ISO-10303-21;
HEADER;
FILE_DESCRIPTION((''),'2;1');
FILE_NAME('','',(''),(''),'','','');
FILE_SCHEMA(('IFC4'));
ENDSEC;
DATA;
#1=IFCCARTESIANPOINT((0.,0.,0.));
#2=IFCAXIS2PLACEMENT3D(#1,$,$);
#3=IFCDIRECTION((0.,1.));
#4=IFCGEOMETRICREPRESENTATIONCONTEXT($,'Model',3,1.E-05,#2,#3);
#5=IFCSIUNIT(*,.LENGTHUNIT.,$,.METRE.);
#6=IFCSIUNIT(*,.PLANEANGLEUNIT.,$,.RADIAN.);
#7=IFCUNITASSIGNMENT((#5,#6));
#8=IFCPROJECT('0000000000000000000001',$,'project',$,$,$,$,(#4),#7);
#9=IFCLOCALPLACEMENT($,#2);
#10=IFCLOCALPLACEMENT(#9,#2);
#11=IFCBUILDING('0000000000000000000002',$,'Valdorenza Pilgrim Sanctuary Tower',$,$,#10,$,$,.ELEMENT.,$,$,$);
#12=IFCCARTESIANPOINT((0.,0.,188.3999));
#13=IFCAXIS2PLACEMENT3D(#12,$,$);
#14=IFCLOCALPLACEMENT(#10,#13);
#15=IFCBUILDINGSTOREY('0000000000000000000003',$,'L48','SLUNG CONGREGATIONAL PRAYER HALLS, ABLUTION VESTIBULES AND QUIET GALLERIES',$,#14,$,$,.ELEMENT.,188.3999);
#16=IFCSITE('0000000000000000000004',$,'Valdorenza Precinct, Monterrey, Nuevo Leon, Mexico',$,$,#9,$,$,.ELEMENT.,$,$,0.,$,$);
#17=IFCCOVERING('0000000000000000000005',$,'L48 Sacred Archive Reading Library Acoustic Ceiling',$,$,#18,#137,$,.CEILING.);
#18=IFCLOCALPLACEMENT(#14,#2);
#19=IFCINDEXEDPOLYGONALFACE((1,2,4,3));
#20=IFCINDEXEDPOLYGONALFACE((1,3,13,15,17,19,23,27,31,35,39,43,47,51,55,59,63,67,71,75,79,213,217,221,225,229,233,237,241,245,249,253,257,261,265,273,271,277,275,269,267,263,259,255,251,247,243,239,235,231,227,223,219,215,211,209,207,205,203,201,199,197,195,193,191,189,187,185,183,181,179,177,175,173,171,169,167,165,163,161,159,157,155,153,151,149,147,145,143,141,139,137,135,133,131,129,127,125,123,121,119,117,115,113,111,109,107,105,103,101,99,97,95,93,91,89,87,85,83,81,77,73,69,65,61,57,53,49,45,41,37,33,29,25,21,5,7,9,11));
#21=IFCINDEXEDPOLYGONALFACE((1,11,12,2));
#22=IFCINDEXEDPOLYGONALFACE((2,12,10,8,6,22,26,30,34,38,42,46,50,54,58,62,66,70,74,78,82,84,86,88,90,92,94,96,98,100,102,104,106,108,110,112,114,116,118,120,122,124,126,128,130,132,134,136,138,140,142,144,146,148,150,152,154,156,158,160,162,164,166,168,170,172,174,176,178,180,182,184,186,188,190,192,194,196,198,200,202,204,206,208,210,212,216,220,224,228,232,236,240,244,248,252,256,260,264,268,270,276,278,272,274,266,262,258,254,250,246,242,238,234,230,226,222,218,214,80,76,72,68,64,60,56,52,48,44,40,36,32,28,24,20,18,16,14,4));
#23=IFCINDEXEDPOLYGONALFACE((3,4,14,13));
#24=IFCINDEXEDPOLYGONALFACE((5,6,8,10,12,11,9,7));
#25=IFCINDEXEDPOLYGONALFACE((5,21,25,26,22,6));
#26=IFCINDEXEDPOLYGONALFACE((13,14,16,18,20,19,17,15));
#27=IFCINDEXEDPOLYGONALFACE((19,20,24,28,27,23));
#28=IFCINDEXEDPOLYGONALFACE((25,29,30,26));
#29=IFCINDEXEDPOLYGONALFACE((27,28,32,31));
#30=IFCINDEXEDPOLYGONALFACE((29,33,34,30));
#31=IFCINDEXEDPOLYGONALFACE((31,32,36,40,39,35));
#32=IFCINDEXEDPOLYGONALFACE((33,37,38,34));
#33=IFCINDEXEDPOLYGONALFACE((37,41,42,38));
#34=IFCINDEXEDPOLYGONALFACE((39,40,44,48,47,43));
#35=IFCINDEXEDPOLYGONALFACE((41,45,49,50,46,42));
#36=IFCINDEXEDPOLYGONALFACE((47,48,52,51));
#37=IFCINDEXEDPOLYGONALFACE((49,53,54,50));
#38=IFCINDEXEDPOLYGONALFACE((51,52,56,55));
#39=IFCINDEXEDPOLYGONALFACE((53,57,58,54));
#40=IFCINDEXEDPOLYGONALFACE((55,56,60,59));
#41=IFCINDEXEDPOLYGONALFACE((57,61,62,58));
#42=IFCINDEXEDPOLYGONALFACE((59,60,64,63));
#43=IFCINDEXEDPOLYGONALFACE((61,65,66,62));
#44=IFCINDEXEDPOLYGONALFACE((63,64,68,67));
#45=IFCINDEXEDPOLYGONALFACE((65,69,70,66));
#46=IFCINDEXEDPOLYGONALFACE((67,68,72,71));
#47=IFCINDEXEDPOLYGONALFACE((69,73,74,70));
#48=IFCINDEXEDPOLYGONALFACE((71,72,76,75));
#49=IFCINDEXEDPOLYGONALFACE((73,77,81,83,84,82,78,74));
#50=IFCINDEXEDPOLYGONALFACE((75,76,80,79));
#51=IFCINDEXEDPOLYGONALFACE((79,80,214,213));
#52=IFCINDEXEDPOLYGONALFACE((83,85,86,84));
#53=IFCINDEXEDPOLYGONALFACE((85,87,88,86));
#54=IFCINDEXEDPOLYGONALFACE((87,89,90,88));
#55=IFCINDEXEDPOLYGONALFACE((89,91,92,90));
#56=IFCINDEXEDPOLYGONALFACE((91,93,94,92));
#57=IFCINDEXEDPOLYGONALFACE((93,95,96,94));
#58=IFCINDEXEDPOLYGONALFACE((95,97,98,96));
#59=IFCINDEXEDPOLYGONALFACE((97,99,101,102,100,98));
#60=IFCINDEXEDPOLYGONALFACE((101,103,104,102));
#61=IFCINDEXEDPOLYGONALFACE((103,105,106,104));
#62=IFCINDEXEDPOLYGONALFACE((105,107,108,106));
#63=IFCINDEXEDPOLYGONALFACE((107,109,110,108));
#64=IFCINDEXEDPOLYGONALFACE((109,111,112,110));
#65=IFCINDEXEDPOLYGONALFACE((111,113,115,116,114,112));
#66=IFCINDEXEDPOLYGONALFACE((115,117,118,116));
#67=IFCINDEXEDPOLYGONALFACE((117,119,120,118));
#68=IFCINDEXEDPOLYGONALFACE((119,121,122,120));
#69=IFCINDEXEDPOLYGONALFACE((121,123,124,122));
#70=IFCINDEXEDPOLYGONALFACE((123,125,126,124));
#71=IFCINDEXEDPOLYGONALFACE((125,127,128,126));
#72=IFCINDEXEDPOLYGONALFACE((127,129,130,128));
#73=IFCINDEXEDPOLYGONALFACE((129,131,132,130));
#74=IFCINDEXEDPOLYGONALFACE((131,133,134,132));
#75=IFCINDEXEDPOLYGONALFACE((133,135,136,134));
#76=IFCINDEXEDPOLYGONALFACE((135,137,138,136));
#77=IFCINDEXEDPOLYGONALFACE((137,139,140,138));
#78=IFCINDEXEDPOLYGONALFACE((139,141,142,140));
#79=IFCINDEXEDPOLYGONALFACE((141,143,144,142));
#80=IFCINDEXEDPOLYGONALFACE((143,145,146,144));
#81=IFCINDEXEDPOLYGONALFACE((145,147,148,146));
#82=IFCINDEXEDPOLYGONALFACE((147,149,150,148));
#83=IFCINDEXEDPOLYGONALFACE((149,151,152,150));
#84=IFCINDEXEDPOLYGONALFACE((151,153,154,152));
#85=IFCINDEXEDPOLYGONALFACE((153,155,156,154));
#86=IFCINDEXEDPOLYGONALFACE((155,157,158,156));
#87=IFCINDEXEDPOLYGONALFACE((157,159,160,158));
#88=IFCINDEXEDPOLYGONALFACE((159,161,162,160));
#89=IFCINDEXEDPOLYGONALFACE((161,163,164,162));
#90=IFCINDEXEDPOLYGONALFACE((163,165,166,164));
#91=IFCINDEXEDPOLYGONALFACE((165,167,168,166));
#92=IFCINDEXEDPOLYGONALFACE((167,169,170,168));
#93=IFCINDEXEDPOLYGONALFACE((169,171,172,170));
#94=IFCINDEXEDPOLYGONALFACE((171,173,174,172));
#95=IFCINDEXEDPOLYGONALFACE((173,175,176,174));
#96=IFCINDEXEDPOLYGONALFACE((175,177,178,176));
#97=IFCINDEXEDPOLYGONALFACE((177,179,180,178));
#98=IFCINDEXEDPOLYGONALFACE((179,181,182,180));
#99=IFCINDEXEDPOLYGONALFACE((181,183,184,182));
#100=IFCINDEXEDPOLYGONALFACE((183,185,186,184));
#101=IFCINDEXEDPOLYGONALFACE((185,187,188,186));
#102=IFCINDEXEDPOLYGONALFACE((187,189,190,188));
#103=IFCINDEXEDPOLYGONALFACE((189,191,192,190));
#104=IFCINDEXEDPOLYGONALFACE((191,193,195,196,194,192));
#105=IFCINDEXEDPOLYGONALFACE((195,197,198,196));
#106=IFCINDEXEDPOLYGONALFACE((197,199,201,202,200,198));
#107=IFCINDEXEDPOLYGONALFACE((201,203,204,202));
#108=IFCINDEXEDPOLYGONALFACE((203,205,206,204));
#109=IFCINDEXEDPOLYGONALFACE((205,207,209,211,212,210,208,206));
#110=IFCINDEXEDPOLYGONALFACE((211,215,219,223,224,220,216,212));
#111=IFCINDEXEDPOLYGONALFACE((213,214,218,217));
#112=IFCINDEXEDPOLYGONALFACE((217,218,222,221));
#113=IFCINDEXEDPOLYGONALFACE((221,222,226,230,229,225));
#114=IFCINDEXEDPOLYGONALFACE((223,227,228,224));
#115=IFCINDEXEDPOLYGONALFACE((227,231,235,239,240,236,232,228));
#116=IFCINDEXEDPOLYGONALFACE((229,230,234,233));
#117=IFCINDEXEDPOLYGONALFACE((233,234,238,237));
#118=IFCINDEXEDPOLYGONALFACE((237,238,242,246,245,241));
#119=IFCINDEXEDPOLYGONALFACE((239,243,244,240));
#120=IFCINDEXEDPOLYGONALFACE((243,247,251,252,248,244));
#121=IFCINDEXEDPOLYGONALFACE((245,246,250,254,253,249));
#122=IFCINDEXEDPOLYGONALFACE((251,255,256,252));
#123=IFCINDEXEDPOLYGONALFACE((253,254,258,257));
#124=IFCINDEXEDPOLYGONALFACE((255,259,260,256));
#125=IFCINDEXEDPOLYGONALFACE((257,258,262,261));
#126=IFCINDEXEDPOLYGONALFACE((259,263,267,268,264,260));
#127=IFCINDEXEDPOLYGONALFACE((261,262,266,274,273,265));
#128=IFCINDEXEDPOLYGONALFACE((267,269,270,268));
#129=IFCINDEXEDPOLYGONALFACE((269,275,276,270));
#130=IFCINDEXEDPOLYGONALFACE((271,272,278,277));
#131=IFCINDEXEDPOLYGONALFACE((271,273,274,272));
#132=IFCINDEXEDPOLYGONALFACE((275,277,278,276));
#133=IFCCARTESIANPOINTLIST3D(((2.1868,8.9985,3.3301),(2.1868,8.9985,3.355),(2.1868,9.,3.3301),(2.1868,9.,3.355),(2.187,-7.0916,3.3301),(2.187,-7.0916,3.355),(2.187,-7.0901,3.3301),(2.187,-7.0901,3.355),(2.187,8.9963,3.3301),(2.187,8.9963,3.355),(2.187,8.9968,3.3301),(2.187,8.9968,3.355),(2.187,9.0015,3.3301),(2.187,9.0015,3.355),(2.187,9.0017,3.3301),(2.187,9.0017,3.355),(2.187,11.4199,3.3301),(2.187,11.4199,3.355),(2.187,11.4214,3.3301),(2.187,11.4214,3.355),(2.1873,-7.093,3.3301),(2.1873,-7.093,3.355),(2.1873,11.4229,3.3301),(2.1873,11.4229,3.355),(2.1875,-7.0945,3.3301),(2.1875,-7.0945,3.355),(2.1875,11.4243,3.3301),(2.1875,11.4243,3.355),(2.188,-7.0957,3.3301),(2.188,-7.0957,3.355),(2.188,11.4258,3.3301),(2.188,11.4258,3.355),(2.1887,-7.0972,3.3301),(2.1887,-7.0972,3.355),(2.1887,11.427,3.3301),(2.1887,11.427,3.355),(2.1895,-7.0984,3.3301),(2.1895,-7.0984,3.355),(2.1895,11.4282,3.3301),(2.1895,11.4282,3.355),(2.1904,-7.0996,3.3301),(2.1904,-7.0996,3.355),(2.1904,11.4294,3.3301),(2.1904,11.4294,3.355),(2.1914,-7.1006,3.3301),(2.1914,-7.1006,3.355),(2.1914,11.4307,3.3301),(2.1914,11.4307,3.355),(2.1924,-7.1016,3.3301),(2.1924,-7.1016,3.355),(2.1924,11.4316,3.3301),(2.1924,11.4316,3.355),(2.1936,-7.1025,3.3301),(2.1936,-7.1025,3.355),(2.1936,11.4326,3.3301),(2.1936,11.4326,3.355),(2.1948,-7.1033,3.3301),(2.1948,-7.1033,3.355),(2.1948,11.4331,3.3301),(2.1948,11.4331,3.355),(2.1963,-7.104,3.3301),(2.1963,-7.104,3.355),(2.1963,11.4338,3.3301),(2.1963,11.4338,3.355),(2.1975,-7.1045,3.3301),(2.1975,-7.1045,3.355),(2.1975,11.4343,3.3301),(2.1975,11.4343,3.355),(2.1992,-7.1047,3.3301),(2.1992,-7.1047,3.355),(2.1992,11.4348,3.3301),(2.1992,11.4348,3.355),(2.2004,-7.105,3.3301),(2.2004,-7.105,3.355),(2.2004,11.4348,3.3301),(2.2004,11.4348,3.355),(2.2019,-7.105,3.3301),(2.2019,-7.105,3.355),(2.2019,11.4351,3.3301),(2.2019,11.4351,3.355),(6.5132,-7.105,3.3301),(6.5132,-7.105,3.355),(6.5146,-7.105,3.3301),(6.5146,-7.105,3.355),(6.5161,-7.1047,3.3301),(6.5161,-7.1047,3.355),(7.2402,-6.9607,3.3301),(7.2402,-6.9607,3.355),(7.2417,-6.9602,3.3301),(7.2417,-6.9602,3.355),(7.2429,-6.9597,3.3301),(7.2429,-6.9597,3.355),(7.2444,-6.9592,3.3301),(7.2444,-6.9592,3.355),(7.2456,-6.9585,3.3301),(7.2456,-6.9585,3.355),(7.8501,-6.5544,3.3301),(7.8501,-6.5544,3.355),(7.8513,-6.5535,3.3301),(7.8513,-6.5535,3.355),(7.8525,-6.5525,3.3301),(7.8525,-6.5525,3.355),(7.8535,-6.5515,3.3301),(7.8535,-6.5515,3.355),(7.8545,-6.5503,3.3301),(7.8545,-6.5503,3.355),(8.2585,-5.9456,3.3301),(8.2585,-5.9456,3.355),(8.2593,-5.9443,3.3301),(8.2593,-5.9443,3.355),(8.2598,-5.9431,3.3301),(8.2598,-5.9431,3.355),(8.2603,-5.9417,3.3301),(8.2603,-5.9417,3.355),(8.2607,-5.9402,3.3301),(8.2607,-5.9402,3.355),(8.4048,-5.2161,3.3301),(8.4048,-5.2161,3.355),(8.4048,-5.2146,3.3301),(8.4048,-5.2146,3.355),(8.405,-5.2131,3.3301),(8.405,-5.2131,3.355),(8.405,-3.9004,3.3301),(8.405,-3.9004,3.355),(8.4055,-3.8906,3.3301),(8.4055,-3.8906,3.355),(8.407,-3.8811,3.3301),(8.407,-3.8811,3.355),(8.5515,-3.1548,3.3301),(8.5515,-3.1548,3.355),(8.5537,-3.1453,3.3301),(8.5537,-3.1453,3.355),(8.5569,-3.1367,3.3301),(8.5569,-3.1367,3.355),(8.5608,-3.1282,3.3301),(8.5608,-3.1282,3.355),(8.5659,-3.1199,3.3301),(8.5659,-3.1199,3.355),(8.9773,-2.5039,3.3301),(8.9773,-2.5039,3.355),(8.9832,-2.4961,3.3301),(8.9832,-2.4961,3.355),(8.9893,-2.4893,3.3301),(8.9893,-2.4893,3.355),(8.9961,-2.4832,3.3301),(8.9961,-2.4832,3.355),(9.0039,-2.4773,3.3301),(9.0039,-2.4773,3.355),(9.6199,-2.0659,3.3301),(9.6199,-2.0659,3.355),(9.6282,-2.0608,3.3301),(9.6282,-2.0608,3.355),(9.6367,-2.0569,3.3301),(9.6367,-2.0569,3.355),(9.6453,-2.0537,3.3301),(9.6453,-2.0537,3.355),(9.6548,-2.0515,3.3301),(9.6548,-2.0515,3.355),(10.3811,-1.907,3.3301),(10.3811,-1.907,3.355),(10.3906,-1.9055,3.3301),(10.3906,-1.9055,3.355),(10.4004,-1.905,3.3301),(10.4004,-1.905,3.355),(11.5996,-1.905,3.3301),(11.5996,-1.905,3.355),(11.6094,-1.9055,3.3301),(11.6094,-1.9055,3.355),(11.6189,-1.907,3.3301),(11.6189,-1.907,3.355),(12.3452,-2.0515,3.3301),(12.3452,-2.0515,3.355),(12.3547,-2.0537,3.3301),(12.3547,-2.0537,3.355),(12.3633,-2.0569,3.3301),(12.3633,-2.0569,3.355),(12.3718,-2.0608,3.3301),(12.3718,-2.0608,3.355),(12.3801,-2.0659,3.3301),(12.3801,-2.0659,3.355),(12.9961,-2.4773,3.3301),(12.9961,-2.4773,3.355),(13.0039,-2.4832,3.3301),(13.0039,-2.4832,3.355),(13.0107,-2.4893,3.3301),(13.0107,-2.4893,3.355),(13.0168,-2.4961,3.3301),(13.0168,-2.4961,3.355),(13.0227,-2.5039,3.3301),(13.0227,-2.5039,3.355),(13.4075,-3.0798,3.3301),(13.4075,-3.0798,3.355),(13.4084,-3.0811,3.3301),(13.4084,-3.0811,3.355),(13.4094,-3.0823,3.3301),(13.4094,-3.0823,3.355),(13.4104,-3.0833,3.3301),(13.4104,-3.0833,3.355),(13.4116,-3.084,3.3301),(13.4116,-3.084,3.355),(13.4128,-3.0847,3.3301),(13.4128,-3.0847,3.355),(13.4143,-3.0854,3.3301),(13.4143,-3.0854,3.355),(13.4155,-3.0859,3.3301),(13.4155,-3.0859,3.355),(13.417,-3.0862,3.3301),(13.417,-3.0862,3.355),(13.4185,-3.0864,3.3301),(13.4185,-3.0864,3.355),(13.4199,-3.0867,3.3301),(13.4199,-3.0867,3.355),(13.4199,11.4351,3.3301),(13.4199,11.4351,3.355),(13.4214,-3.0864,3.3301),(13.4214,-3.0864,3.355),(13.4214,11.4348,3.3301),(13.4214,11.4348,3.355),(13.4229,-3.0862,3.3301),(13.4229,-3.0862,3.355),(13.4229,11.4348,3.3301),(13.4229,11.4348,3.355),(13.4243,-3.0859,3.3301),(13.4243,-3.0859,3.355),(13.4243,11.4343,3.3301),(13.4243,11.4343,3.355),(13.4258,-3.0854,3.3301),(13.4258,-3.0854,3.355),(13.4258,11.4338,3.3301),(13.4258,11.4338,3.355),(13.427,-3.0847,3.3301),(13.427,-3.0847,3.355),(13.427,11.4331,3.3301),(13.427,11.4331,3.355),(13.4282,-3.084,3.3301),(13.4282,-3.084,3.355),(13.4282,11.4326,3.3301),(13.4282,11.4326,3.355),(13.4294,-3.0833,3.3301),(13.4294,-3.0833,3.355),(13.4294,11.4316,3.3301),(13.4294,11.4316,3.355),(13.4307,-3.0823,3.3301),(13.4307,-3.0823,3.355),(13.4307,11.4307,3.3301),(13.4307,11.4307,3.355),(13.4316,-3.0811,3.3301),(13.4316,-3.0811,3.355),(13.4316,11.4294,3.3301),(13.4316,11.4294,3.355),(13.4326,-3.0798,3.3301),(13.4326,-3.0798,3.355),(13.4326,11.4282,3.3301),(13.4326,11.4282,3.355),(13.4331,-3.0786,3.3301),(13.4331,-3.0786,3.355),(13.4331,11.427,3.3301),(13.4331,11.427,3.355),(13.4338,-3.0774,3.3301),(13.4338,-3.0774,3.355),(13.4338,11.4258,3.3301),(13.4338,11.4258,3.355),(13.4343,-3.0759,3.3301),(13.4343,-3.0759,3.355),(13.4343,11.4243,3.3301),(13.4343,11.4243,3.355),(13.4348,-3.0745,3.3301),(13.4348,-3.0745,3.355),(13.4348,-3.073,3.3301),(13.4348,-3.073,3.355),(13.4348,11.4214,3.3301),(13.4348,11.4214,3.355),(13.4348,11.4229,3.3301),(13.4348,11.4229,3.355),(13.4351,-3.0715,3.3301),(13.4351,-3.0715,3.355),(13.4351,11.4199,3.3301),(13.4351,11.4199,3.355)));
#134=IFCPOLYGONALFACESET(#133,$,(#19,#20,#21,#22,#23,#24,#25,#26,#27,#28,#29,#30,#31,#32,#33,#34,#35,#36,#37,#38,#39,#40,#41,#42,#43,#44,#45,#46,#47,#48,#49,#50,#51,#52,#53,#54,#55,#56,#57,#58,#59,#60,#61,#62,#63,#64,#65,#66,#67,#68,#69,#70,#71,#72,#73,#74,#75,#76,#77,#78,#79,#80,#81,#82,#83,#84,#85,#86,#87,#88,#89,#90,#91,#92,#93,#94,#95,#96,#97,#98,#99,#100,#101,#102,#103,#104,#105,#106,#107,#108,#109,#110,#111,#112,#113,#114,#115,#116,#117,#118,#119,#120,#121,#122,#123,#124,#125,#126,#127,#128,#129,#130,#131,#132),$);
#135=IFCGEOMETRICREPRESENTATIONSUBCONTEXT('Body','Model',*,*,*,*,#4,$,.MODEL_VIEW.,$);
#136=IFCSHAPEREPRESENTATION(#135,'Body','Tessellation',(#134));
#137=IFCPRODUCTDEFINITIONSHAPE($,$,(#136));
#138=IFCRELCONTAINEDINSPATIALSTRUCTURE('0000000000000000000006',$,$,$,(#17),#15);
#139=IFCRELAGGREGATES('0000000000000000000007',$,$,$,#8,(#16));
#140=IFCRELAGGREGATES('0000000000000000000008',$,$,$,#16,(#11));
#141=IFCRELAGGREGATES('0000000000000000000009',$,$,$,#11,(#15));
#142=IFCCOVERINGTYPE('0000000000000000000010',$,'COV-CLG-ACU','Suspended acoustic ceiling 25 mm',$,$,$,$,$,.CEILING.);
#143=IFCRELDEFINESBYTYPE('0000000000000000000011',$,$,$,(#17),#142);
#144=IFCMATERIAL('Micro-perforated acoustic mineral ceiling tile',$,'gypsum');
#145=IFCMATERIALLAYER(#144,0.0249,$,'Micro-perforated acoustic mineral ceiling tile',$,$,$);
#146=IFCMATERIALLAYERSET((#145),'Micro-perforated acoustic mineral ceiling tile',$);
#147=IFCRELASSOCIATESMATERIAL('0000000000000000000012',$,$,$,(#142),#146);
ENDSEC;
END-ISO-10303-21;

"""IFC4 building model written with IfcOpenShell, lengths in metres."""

from ifc_helpers import new_model, si_unit, direction, frame, origin, place, context, subcontext, project, spatial, polyline, outline, extrude, material, layer, layer_set, type_object, element, save


model = new_model("IFC4")

# Units and contexts
model_context = context("Model", 3, precision=1e-05, world=origin(), true_north=direction((0.0, 1.0)))
body_context = subcontext(model_context, "Body", "Model", "MODEL_VIEW")
ifc_project = project(units=[si_unit("LENGTHUNIT", "METRE"), si_unit("PLANEANGLEUNIT", "RADIAN")], contexts=[model_context])

# Site, building, storey
site_placement = place(None, origin())
site = spatial("IfcSite", under=ifc_project, at=site_placement, Name="Valdorenza Precinct, Monterrey, Nuevo Leon, Mexico", CompositionType="ELEMENT", RefElevation=0.0)
building_placement = place(site_placement, origin())
building = spatial("IfcBuilding", under=site, at=building_placement, Name="Valdorenza Pilgrim Sanctuary Tower", CompositionType="ELEMENT")
storey_placement = place(building_placement, frame((0.0, 0.0, 188.3999)))
storey = spatial("IfcBuildingStorey", under=building, at=storey_placement, Name="L48", Description="SLUNG CONGREGATIONAL PRAYER HALLS, ABLUTION VESTIBULES AND QUIET GALLERIES", CompositionType="ELEMENT", Elevation=188.3999)

# Covering
ifc_material_1 = material(Name="Micro-perforated acoustic mineral ceiling tile", Category="gypsum")
ifc_layer_1 = layer(ifc_material_1, 0.0249, Name="Micro-perforated acoustic mineral ceiling tile")
ifc_layer_set_1 = layer_set([ifc_layer_1], Name="Micro-perforated acoustic mineral ceiling tile")
covering_type_1 = type_object("IfcCoveringType", Name="COV-CLG-ACU", Description="Suspended acoustic ceiling 25 mm", PredefinedType="CEILING", material=ifc_layer_set_1)
covering_1_placement = place(storey_placement, frame((0.0, 0.0, 3.3301)))
element("IfcCovering", 1, at=covering_1_placement, inside=storey, type_object=covering_type_1, Name="L48 Sacred Archive Reading Library Acoustic Ceiling", PredefinedType="CEILING", context=body_context, shape_type="SweptSolid", body=[
    extrude(outline(polyline([(2.187, 8.9963), (2.187, 8.9968), (2.1868, 8.9985), (2.1868, 9.0), (2.187, 9.0015), (2.187, 9.0017), (2.187, 11.4199), (2.187, 11.4214), (2.1873, 11.4229), (2.1875, 11.4243), (2.188, 11.4258), (2.1887, 11.427), (2.1895, 11.4282), (2.1904, 11.4294), (2.1914, 11.4307), (2.1924, 11.4316), (2.1936, 11.4326), (2.1948, 11.4331), (2.1963, 11.4338), (2.1975, 11.4343), (2.1992, 11.4348), (2.2004, 11.4348), (2.2019, 11.4351), (13.4199, 11.4351), (13.4214, 11.4348), (13.4229, 11.4348), (13.4243, 11.4343), (13.4258, 11.4338), (13.427, 11.4331), (13.4282, 11.4326), (13.4294, 11.4316), (13.4307, 11.4307), (13.4316, 11.4294), (13.4326, 11.4282), (13.4331, 11.427), (13.4338, 11.4258), (13.4343, 11.4243), (13.4348, 11.4229), (13.4348, 11.4214), (13.4351, 11.4199), (13.4351, -3.0715), (13.4348, -3.073), (13.4348, -3.0745), (13.4343, -3.0759), (13.4338, -3.0774), (13.4331, -3.0786), (13.4326, -3.0798), (13.4316, -3.0811), (13.4307, -3.0823), (13.4294, -3.0833), (13.4282, -3.084), (13.427, -3.0847), (13.4258, -3.0854), (13.4243, -3.0859), (13.4229, -3.0862), (13.4214, -3.0864), (13.4199, -3.0867), (13.4185, -3.0864), (13.417, -3.0862), (13.4155, -3.0859), (13.4143, -3.0854), (13.4128, -3.0847), (13.4116, -3.084), (13.4104, -3.0833), (13.4094, -3.0823), (13.4084, -3.0811), (13.4075, -3.0798), (13.0227, -2.5039), (13.0168, -2.4961), (13.0107, -2.4893), (13.0039, -2.4832), (12.9961, -2.4773), (12.3801, -2.0659), (12.3718, -2.0608), (12.3633, -2.0569), (12.3547, -2.0537), (12.3452, -2.0515), (11.6189, -1.907), (11.6094, -1.9055), (11.5996, -1.905), (10.4004, -1.905), (10.3906, -1.9055), (10.3811, -1.907), (9.6548, -2.0515), (9.6453, -2.0537), (9.6367, -2.0569), (9.6282, -2.0608), (9.6199, -2.0659), (9.0039, -2.4773), (8.9961, -2.4832), (8.9893, -2.4893), (8.9832, -2.4961), (8.9773, -2.5039), (8.5659, -3.1199), (8.5608, -3.1282), (8.5569, -3.1367), (8.5537, -3.1453), (8.5515, -3.1548), (8.407, -3.8811), (8.4055, -3.8906), (8.405, -3.9004), (8.405, -5.2131), (8.4048, -5.2146), (8.4048, -5.2161), (8.2607, -5.9402), (8.2603, -5.9417), (8.2598, -5.9431), (8.2593, -5.9443), (8.2585, -5.9456), (7.8545, -6.5503), (7.8535, -6.5515), (7.8525, -6.5525), (7.8513, -6.5535), (7.8501, -6.5544), (7.2456, -6.9585), (7.2444, -6.9592), (7.2429, -6.9597), (7.2417, -6.9602), (7.2402, -6.9607), (6.5161, -7.1047), (6.5146, -7.105), (6.5132, -7.105), (2.2019, -7.105), (2.2004, -7.105), (2.1992, -7.1047), (2.1975, -7.1045), (2.1963, -7.104), (2.1948, -7.1033), (2.1936, -7.1025), (2.1924, -7.1016), (2.1914, -7.1006), (2.1904, -7.0996), (2.1895, -7.0984), (2.1887, -7.0972), (2.188, -7.0957), (2.1875, -7.0945), (2.1873, -7.093), (2.187, -7.0916), (2.187, -7.0901), (2.187, 8.9963)])), origin(), (0.0, 0.0, 1.0), 0.0249),
])

save(model, "model.ifc")
